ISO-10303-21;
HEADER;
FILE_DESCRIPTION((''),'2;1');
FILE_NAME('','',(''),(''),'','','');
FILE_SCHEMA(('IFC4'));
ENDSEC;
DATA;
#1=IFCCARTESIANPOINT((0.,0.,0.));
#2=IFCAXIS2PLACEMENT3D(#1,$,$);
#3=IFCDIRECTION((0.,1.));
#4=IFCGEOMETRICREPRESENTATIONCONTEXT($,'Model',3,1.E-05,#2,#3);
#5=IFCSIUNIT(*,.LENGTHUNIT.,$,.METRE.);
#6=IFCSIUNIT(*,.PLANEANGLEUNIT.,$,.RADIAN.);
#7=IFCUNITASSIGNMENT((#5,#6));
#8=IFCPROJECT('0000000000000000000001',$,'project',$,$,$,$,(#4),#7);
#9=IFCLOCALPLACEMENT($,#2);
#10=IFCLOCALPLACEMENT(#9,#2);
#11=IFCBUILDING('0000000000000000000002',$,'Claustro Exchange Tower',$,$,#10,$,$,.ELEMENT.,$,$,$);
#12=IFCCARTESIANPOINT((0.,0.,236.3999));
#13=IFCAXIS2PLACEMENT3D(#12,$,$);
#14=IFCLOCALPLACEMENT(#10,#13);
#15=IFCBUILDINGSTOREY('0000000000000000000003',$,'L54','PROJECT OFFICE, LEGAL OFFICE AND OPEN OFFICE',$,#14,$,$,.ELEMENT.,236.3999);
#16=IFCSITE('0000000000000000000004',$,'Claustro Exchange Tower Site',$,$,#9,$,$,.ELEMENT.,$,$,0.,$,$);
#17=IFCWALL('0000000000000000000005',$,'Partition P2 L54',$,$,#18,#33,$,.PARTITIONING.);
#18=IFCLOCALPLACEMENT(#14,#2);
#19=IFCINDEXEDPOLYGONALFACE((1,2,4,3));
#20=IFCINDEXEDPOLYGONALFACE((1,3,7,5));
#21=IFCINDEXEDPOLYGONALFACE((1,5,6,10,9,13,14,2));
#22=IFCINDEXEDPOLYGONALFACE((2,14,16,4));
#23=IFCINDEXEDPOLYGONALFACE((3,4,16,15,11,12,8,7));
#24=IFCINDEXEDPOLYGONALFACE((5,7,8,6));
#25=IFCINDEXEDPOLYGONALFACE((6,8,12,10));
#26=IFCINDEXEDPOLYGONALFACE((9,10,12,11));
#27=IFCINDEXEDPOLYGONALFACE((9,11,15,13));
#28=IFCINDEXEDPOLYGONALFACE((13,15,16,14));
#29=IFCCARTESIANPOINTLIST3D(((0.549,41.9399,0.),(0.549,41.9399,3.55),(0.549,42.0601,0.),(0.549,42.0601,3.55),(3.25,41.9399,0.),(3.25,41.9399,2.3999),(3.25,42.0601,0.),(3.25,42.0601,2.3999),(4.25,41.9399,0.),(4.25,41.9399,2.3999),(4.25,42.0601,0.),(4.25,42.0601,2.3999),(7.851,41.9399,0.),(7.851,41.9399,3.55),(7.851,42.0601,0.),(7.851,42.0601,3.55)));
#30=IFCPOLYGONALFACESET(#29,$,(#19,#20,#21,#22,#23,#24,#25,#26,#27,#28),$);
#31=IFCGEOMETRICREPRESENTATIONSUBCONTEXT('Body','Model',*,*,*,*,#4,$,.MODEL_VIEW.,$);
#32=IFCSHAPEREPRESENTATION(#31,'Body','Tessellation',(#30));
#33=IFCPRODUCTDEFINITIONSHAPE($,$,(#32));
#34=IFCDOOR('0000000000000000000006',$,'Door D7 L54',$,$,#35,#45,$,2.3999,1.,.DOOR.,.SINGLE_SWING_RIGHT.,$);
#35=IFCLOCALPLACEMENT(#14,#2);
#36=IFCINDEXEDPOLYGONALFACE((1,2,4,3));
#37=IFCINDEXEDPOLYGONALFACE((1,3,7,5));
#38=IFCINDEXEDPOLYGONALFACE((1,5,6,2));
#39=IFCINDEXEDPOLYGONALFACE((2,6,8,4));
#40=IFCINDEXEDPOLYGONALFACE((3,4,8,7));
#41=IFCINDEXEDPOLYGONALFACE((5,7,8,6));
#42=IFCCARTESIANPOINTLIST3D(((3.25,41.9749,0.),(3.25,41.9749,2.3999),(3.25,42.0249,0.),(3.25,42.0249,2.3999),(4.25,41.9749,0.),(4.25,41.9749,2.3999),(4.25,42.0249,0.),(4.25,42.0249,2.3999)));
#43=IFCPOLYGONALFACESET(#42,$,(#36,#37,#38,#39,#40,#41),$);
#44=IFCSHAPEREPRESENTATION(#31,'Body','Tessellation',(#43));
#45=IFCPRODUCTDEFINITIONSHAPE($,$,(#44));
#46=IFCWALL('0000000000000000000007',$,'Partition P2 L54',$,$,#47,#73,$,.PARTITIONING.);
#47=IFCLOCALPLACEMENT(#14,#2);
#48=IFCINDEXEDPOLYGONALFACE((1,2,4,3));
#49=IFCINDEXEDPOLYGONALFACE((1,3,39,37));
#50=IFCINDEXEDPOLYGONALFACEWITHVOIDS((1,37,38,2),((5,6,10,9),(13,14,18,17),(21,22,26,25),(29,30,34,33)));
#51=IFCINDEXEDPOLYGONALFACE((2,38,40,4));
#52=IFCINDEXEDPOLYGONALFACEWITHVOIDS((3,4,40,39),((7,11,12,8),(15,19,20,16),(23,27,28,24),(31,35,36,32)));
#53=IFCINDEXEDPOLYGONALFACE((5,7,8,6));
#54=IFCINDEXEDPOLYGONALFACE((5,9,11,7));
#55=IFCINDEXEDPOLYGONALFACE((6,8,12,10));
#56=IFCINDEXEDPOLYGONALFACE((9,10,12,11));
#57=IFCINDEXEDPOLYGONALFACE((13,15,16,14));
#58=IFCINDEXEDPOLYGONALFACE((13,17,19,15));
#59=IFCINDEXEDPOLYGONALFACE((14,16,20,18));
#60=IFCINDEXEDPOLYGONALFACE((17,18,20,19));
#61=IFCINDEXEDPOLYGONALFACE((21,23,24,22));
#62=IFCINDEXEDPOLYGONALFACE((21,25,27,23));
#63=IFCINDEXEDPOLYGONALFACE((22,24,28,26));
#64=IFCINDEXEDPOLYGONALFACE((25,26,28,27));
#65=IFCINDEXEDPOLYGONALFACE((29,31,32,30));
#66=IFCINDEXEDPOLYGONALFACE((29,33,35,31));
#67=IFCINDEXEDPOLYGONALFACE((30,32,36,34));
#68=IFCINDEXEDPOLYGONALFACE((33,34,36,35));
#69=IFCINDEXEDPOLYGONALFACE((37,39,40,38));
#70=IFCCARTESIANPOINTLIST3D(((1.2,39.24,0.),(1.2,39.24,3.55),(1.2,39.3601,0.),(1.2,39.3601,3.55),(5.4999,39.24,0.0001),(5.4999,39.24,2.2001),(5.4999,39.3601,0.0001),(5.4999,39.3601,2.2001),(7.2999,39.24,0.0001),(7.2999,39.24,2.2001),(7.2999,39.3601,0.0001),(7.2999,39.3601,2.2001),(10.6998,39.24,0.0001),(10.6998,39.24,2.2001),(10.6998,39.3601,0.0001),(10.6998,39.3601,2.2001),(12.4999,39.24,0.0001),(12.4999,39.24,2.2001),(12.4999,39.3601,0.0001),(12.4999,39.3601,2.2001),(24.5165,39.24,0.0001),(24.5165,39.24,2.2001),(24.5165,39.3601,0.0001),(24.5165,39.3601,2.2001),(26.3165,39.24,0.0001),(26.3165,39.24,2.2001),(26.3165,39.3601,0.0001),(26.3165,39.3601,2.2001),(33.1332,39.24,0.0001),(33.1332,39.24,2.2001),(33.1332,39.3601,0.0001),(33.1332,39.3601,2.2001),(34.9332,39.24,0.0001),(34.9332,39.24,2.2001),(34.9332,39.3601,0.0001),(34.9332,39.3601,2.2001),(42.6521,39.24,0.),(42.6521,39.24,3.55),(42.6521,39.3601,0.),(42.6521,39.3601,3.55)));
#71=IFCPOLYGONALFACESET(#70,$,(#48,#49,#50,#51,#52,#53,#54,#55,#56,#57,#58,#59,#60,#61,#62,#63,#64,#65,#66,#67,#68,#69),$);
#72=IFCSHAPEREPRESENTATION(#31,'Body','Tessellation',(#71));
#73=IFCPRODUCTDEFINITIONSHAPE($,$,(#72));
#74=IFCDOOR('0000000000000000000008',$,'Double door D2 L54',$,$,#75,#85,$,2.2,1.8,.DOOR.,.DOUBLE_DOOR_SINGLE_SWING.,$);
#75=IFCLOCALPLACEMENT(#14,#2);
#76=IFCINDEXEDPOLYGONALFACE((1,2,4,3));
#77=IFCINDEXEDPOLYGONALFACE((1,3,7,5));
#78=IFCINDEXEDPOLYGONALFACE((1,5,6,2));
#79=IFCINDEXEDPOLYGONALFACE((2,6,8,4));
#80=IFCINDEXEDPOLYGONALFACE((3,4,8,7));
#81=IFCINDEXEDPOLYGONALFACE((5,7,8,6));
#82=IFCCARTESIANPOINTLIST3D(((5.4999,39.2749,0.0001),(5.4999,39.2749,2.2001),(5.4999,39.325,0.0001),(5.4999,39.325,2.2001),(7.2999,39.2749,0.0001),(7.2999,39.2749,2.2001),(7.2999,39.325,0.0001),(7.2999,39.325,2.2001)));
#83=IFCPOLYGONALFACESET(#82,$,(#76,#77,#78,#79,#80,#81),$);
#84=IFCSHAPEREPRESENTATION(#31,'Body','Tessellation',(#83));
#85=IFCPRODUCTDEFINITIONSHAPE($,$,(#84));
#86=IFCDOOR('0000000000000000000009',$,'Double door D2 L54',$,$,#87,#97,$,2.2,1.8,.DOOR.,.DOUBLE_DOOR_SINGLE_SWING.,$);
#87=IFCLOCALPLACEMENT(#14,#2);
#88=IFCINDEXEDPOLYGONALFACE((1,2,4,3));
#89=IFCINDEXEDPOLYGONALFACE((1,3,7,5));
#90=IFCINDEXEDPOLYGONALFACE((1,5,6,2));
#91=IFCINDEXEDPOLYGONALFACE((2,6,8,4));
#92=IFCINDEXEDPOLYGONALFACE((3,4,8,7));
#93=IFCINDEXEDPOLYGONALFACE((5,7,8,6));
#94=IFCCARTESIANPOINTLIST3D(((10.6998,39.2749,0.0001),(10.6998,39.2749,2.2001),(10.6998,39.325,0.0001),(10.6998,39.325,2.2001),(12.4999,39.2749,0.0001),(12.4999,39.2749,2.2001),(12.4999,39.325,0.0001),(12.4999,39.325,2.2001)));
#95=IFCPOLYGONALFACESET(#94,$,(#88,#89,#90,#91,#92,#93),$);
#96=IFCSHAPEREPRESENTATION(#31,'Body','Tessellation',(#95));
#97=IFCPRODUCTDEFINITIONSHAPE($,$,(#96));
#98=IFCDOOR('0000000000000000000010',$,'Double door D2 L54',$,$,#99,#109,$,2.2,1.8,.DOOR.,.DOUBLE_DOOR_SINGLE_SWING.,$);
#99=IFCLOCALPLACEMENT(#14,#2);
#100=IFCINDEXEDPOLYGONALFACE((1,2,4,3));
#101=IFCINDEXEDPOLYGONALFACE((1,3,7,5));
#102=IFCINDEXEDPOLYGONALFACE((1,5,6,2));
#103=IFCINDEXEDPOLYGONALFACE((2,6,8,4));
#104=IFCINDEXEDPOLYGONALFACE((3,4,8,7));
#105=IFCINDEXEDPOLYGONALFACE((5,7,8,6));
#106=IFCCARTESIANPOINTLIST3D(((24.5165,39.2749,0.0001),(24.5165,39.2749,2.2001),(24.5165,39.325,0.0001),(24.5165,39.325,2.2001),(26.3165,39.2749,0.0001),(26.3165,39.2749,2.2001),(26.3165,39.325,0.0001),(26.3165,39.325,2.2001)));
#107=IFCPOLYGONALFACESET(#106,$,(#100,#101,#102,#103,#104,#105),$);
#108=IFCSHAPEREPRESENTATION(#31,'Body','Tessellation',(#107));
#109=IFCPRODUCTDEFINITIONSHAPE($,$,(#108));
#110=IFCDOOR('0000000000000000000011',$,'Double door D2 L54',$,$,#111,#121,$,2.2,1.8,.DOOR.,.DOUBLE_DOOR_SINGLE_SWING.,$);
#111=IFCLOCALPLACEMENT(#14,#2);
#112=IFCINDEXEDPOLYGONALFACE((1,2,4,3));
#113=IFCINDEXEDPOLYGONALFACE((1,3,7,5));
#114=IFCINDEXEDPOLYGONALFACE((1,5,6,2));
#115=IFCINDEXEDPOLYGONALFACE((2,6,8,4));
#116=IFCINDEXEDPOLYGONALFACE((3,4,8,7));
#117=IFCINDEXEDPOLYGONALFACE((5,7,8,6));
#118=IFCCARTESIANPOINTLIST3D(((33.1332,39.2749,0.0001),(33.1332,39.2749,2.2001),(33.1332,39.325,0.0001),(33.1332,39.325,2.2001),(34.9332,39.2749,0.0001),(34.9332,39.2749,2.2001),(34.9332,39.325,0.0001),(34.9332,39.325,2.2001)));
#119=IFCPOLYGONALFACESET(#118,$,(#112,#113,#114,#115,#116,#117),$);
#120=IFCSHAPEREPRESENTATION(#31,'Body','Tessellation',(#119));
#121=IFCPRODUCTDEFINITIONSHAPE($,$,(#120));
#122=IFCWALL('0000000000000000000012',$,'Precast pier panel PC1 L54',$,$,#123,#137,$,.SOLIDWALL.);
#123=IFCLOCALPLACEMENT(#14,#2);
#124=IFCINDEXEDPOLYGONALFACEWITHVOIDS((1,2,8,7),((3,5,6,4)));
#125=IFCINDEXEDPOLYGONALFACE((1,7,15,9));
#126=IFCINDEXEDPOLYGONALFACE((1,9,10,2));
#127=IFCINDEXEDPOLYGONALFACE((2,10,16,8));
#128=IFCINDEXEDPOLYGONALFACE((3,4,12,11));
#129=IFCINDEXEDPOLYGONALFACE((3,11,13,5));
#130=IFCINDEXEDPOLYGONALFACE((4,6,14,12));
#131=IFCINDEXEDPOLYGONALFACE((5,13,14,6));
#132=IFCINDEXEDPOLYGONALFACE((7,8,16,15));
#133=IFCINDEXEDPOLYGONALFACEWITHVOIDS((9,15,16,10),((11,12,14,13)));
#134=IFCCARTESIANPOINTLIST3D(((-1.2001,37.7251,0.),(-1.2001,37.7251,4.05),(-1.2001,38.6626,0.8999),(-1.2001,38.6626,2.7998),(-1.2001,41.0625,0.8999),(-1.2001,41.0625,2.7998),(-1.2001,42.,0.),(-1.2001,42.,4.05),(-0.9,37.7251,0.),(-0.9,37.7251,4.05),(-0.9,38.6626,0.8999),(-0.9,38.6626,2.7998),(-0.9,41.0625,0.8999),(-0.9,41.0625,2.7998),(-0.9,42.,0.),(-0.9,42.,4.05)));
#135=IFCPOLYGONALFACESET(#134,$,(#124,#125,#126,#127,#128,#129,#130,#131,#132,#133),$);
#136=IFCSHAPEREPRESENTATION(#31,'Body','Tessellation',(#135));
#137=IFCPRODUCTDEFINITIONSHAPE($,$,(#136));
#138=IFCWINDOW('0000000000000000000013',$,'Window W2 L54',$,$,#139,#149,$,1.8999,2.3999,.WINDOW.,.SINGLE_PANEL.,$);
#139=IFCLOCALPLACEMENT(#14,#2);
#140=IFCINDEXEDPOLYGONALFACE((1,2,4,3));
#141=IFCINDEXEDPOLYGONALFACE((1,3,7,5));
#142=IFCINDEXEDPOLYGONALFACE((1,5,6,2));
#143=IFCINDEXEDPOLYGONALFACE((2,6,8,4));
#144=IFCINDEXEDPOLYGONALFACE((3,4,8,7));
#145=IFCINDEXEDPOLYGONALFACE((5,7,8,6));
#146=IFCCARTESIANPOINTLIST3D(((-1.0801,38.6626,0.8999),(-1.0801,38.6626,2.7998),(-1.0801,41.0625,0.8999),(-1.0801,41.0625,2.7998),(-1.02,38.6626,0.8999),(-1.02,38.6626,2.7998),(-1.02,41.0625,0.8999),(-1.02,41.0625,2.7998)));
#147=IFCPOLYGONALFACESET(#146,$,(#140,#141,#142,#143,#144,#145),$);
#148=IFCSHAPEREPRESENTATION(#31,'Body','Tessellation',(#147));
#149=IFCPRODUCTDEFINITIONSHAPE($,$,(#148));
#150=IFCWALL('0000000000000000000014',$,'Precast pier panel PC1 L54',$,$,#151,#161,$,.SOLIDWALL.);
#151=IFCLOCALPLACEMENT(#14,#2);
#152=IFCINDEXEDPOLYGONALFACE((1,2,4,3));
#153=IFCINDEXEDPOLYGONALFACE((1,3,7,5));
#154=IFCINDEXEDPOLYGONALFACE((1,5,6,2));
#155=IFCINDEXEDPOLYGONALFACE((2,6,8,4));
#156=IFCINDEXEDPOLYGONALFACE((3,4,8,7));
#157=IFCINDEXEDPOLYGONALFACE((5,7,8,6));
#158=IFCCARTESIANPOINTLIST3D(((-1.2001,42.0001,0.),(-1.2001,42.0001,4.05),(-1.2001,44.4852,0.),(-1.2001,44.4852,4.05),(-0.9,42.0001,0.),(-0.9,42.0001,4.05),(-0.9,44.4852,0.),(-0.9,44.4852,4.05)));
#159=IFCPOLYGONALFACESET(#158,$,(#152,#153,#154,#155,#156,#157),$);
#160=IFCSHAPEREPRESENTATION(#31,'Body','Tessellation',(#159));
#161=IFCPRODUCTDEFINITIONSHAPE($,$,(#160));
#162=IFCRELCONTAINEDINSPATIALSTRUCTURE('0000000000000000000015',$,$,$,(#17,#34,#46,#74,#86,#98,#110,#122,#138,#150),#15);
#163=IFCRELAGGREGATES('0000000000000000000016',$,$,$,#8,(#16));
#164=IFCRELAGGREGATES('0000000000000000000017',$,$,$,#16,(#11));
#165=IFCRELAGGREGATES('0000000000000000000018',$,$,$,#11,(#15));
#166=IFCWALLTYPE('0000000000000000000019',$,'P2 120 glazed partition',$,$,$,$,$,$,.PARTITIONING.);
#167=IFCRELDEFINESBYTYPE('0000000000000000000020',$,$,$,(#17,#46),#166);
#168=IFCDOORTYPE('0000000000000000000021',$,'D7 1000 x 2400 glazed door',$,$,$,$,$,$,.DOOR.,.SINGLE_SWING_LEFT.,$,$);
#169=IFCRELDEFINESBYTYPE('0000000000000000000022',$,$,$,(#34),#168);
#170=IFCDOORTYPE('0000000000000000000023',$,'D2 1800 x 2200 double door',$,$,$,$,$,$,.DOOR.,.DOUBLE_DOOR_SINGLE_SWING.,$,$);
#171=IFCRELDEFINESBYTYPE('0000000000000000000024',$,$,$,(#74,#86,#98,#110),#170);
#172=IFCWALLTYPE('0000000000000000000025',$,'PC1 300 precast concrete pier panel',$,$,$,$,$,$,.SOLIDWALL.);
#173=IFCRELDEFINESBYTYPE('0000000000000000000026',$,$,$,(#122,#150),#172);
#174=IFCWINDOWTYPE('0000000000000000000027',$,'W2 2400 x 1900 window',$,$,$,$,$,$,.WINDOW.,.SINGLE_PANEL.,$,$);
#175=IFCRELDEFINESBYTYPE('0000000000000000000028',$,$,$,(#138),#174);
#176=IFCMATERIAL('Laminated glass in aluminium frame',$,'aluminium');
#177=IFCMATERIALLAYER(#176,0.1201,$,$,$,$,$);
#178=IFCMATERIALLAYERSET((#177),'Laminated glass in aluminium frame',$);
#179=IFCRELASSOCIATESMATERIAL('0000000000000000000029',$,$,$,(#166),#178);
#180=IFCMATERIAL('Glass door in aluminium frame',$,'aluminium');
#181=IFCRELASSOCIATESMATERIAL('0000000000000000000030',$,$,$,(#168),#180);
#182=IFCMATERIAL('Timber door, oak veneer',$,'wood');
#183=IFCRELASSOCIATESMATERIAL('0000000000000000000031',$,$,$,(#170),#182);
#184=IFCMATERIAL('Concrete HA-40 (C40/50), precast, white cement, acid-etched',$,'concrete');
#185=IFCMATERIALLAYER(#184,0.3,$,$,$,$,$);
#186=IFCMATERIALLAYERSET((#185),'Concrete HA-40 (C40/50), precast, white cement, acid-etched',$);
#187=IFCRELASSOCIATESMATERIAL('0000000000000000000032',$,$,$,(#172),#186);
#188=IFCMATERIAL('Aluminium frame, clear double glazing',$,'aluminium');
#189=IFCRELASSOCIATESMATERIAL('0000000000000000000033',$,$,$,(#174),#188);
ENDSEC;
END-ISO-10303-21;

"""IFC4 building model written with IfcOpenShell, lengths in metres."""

from ifc_helpers import new_model, si_unit, direction, frame, frame_2d, origin, place, context, subcontext, project, spatial, rectangle, extrude, material, layer, layer_set, type_object, element, fill, save


model = new_model("IFC4")

# Units and contexts
model_context = context("Model", 3, precision=1e-05, world=origin(), true_north=direction((0.0, 1.0)))
body_context = subcontext(model_context, "Body", "Model", "MODEL_VIEW")
ifc_project = project(units=[si_unit("LENGTHUNIT", "METRE"), si_unit("PLANEANGLEUNIT", "RADIAN")], contexts=[model_context])

# Site, building, storey
site_placement = place(None, origin())
site = spatial("IfcSite", under=ifc_project, at=site_placement, Name="Claustro Exchange Tower Site", CompositionType="ELEMENT", RefElevation=0.0)
building_placement = place(site_placement, origin())
building = spatial("IfcBuilding", under=site, at=building_placement, Name="Claustro Exchange Tower", CompositionType="ELEMENT")
storey_placement = place(building_placement, frame((0.0, 0.0, 236.3999)))
storey = spatial("IfcBuildingStorey", under=building, at=storey_placement, Name="L54", Description="PROJECT OFFICE, LEGAL OFFICE AND OPEN OFFICE", CompositionType="ELEMENT", Elevation=236.3999)

# Wall, opening, door
ifc_material_1 = material(Name="Laminated glass in aluminium frame", Category="aluminium")
ifc_layer_1 = layer(ifc_material_1, 0.1201)
ifc_layer_set_1 = layer_set([ifc_layer_1], Name="Laminated glass in aluminium frame")
wall_type_1 = type_object("IfcWallType", Name="P2 120 glazed partition", PredefinedType="PARTITIONING", material=ifc_layer_set_1)
wall_1_placement = place(storey_placement, frame((0.5491, 42.0, 0.0), z_axis=(0.0, 0.0, 1.0), x_axis=(1.0, 0.0, 0.0)))
wall_1 = element("IfcWall", 1, at=wall_1_placement, inside=storey, type_object=wall_type_1, Name="Partition P2 L54", PredefinedType="PARTITIONING", context=body_context, shape_type="SweptSolid", body=[
    extrude(rectangle(XDim=7.302, YDim=0.1201, at=frame_2d((3.6509, 0.0))), origin(), (0.0, 0.0, 1.0), 3.55),
])
opening_1_placement = place(wall_1_placement, frame((2.7009, 0.0, 0.0)))
opening_1 = element("IfcOpeningElement", 2, at=opening_1_placement, cuts=wall_1, PredefinedType="OPENING", context=body_context, shape_type="SweptSolid", body=[
    extrude(rectangle(XDim=1.0, YDim=2.3999, at=frame_2d((0.5, 1.2))), frame((0.0, 0.0701, 0.0), z_axis=(0.0, -1.0, 0.0), x_axis=(1.0, 0.0, 0.0)), (0.0, 0.0, 1.0), 0.1401),
])
ifc_material_2 = material(Name="Glass door in aluminium frame", Category="aluminium")
door_type_1 = type_object("IfcDoorType", Name="D7 1000 x 2400 glazed door", OperationType="SINGLE_SWING_LEFT", PredefinedType="DOOR", material=ifc_material_2)
door_1_placement = place(opening_1_placement, origin())
door_1 = element("IfcDoor", 3, at=door_1_placement, inside=storey, type_object=door_type_1, Name="Door D7 L54", OperationType="SINGLE_SWING_RIGHT", OverallHeight=2.3999, OverallWidth=1.0, PredefinedType="DOOR", context=body_context, shape_type="SweptSolid", body=[
    extrude(rectangle(XDim=1.0, YDim=2.3999, at=frame_2d((0.5, 1.2))), frame((0.0, 0.0249, 0.0), z_axis=(0.0, -1.0, 0.0), x_axis=(1.0, 0.0, 0.0)), (0.0, 0.0, 1.0), 0.05),
])
fill(opening_1, door_1)

# Wall, openings, doors
wall_2_placement = place(storey_placement, frame((1.2, 39.3, 0.0), z_axis=(0.0, 0.0, 1.0), x_axis=(1.0, 0.0, 0.0)))
wall_2 = element("IfcWall", 4, at=wall_2_placement, inside=storey, type_object=wall_type_1, Name="Partition P2 L54", PredefinedType="PARTITIONING", context=body_context, shape_type="SweptSolid", body=[
    extrude(rectangle(XDim=41.4521, YDim=0.1201, at=frame_2d((20.7261, 0.0))), origin(), (0.0, 0.0, 1.0), 3.55),
])
opening_2_placement = place(wall_2_placement, frame((4.3, 0.0, 0.0)))
opening_2 = element("IfcOpeningElement", 5, at=opening_2_placement, cuts=wall_2, PredefinedType="OPENING", context=body_context, shape_type="SweptSolid", body=[
    extrude(rectangle(XDim=1.8, YDim=2.2, at=frame_2d((0.8999, 1.1001))), frame((0.0, 0.0701, 0.0), z_axis=(0.0, -1.0, 0.0), x_axis=(1.0, 0.0, 0.0)), (0.0, 0.0, 1.0), 0.1401),
])
opening_3_placement = place(wall_2_placement, frame((9.5, 0.0, 0.0)))
opening_3 = element("IfcOpeningElement", 6, at=opening_3_placement, cuts=wall_2, PredefinedType="OPENING", context=body_context, shape_type="SweptSolid", body=[
    extrude(rectangle(XDim=1.8, YDim=2.2, at=frame_2d((0.8999, 1.1001))), frame((0.0, 0.0701, 0.0), z_axis=(0.0, -1.0, 0.0), x_axis=(1.0, 0.0, 0.0)), (0.0, 0.0, 1.0), 0.1401),
])
opening_4_placement = place(wall_2_placement, frame((23.3167, 0.0, 0.0)))
opening_4 = element("IfcOpeningElement", 7, at=opening_4_placement, cuts=wall_2, PredefinedType="OPENING", context=body_context, shape_type="SweptSolid", body=[
    extrude(rectangle(XDim=1.8, YDim=2.2, at=frame_2d((0.8999, 1.1001))), frame((0.0, 0.0701, 0.0), z_axis=(0.0, -1.0, 0.0), x_axis=(1.0, 0.0, 0.0)), (0.0, 0.0, 1.0), 0.1401),
])
opening_5_placement = place(wall_2_placement, frame((31.9333, 0.0, 0.0)))
opening_5 = element("IfcOpeningElement", 8, at=opening_5_placement, cuts=wall_2, PredefinedType="OPENING", context=body_context, shape_type="SweptSolid", body=[
    extrude(rectangle(XDim=1.8, YDim=2.2, at=frame_2d((0.8999, 1.1001))), frame((0.0, 0.0701, 0.0), z_axis=(0.0, -1.0, 0.0), x_axis=(1.0, 0.0, 0.0)), (0.0, 0.0, 1.0), 0.1401),
])
ifc_material_3 = material(Name="Timber door, oak veneer", Category="wood")
door_type_2 = type_object("IfcDoorType", Name="D2 1800 x 2200 double door", OperationType="DOUBLE_DOOR_SINGLE_SWING", PredefinedType="DOOR", material=ifc_material_3)
door_2_placement = place(opening_2_placement, origin())
door_2 = element("IfcDoor", 9, at=door_2_placement, inside=storey, type_object=door_type_2, Name="Double door D2 L54", OperationType="DOUBLE_DOOR_SINGLE_SWING", OverallHeight=2.2, OverallWidth=1.8, PredefinedType="DOOR", context=body_context, shape_type="SweptSolid", body=[
    extrude(rectangle(XDim=1.8, YDim=2.2, at=frame_2d((0.8999, 1.1001))), frame((0.0, 0.0249, 0.0), z_axis=(0.0, -1.0, 0.0), x_axis=(1.0, 0.0, 0.0)), (0.0, 0.0, 1.0), 0.05),
])
fill(opening_2, door_2)
door_3_placement = place(opening_3_placement, origin())
door_3 = element("IfcDoor", 10, at=door_3_placement, inside=storey, type_object=door_type_2, Name="Double door D2 L54", OperationType="DOUBLE_DOOR_SINGLE_SWING", OverallHeight=2.2, OverallWidth=1.8, PredefinedType="DOOR", context=body_context, shape_type="SweptSolid", body=[
    extrude(rectangle(XDim=1.8, YDim=2.2, at=frame_2d((0.8999, 1.1001))), frame((0.0, 0.0249, 0.0), z_axis=(0.0, -1.0, 0.0), x_axis=(1.0, 0.0, 0.0)), (0.0, 0.0, 1.0), 0.05),
])
fill(opening_3, door_3)
door_4_placement = place(opening_4_placement, origin())
door_4 = element("IfcDoor", 11, at=door_4_placement, inside=storey, type_object=door_type_2, Name="Double door D2 L54", OperationType="DOUBLE_DOOR_SINGLE_SWING", OverallHeight=2.2, OverallWidth=1.8, PredefinedType="DOOR", context=body_context, shape_type="SweptSolid", body=[
    extrude(rectangle(XDim=1.8, YDim=2.2, at=frame_2d((0.8999, 1.1001))), frame((0.0, 0.0249, 0.0), z_axis=(0.0, -1.0, 0.0), x_axis=(1.0, 0.0, 0.0)), (0.0, 0.0, 1.0), 0.05),
])
fill(opening_4, door_4)
door_5_placement = place(opening_5_placement, origin())
door_5 = element("IfcDoor", 12, at=door_5_placement, inside=storey, type_object=door_type_2, Name="Double door D2 L54", OperationType="DOUBLE_DOOR_SINGLE_SWING", OverallHeight=2.2, OverallWidth=1.8, PredefinedType="DOOR", context=body_context, shape_type="SweptSolid", body=[
    extrude(rectangle(XDim=1.8, YDim=2.2, at=frame_2d((0.8999, 1.1001))), frame((0.0, 0.0249, 0.0), z_axis=(0.0, -1.0, 0.0), x_axis=(1.0, 0.0, 0.0)), (0.0, 0.0, 1.0), 0.05),
])
fill(opening_5, door_5)

# Wall, opening, window
ifc_material_4 = material(Name="Concrete HA-40 (C40/50), precast, white cement, acid-etched", Category="concrete")
ifc_layer_2 = layer(ifc_material_4, 0.3)
ifc_layer_set_2 = layer_set([ifc_layer_2], Name="Concrete HA-40 (C40/50), precast, white cement, acid-etched")
wall_type_2 = type_object("IfcWallType", Name="PC1 300 precast concrete pier panel", PredefinedType="SOLIDWALL", material=ifc_layer_set_2)
wall_3_placement = place(storey_placement, frame((-1.05, 37.7251, 0.0), z_axis=(0.0, 0.0, 1.0), x_axis=(0.0, 1.0, 0.0)))
wall_3 = element("IfcWall", 13, at=wall_3_placement, inside=storey, type_object=wall_type_2, Name="Precast pier panel PC1 L54", PredefinedType="SOLIDWALL", context=body_context, shape_type="SweptSolid", body=[
    extrude(rectangle(XDim=4.2749, YDim=0.3, at=frame_2d((2.1375, 0.0))), origin(), (0.0, 0.0, 1.0), 4.05),
])
opening_6_placement = place(wall_3_placement, frame((0.9375, 0.0, 0.8999)))
opening_6 = element("IfcOpeningElement", 14, at=opening_6_placement, cuts=wall_3, PredefinedType="OPENING", context=body_context, shape_type="SweptSolid", body=[
    extrude(rectangle(XDim=2.3999, YDim=1.8999, at=frame_2d((1.2, 0.95))), frame((0.0, 0.1599, 0.0), z_axis=(0.0, -1.0, 0.0), x_axis=(1.0, 0.0, 0.0)), (0.0, 0.0, 1.0), 0.3201),
])
ifc_material_5 = material(Name="Aluminium frame, clear double glazing", Category="aluminium")
window_type_1 = type_object("IfcWindowType", Name="W2 2400 x 1900 window", PartitioningType="SINGLE_PANEL", PredefinedType="WINDOW", material=ifc_material_5)
window_1_placement = place(opening_6_placement, origin())
window_1 = element("IfcWindow", 15, at=window_1_placement, inside=storey, type_object=window_type_1, Name="Window W2 L54", OverallHeight=1.8999, OverallWidth=2.3999, PartitioningType="SINGLE_PANEL", PredefinedType="WINDOW", context=body_context, shape_type="SweptSolid", body=[
    extrude(rectangle(XDim=2.3999, YDim=1.8999, at=frame_2d((1.2, 0.95))), frame((0.0, 0.03, 0.0), z_axis=(0.0, -1.0, 0.0), x_axis=(1.0, 0.0, 0.0)), (0.0, 0.0, 1.0), 0.0601),
])
fill(opening_6, window_1)

# Wall
wall_4_placement = place(storey_placement, frame((-1.05, 42.0, 0.0), z_axis=(0.0, 0.0, 1.0), x_axis=(0.0, 1.0, 0.0)))
element("IfcWall", 16, at=wall_4_placement, inside=storey, type_object=wall_type_2, Name="Precast pier panel PC1 L54", PredefinedType="SOLIDWALL", context=body_context, shape_type="SweptSolid", body=[
    extrude(rectangle(XDim=2.4851, YDim=0.3, at=frame_2d((1.2427, 0.0))), origin(), (0.0, 0.0, 1.0), 4.05),
])

save(model, "model.ifc")
